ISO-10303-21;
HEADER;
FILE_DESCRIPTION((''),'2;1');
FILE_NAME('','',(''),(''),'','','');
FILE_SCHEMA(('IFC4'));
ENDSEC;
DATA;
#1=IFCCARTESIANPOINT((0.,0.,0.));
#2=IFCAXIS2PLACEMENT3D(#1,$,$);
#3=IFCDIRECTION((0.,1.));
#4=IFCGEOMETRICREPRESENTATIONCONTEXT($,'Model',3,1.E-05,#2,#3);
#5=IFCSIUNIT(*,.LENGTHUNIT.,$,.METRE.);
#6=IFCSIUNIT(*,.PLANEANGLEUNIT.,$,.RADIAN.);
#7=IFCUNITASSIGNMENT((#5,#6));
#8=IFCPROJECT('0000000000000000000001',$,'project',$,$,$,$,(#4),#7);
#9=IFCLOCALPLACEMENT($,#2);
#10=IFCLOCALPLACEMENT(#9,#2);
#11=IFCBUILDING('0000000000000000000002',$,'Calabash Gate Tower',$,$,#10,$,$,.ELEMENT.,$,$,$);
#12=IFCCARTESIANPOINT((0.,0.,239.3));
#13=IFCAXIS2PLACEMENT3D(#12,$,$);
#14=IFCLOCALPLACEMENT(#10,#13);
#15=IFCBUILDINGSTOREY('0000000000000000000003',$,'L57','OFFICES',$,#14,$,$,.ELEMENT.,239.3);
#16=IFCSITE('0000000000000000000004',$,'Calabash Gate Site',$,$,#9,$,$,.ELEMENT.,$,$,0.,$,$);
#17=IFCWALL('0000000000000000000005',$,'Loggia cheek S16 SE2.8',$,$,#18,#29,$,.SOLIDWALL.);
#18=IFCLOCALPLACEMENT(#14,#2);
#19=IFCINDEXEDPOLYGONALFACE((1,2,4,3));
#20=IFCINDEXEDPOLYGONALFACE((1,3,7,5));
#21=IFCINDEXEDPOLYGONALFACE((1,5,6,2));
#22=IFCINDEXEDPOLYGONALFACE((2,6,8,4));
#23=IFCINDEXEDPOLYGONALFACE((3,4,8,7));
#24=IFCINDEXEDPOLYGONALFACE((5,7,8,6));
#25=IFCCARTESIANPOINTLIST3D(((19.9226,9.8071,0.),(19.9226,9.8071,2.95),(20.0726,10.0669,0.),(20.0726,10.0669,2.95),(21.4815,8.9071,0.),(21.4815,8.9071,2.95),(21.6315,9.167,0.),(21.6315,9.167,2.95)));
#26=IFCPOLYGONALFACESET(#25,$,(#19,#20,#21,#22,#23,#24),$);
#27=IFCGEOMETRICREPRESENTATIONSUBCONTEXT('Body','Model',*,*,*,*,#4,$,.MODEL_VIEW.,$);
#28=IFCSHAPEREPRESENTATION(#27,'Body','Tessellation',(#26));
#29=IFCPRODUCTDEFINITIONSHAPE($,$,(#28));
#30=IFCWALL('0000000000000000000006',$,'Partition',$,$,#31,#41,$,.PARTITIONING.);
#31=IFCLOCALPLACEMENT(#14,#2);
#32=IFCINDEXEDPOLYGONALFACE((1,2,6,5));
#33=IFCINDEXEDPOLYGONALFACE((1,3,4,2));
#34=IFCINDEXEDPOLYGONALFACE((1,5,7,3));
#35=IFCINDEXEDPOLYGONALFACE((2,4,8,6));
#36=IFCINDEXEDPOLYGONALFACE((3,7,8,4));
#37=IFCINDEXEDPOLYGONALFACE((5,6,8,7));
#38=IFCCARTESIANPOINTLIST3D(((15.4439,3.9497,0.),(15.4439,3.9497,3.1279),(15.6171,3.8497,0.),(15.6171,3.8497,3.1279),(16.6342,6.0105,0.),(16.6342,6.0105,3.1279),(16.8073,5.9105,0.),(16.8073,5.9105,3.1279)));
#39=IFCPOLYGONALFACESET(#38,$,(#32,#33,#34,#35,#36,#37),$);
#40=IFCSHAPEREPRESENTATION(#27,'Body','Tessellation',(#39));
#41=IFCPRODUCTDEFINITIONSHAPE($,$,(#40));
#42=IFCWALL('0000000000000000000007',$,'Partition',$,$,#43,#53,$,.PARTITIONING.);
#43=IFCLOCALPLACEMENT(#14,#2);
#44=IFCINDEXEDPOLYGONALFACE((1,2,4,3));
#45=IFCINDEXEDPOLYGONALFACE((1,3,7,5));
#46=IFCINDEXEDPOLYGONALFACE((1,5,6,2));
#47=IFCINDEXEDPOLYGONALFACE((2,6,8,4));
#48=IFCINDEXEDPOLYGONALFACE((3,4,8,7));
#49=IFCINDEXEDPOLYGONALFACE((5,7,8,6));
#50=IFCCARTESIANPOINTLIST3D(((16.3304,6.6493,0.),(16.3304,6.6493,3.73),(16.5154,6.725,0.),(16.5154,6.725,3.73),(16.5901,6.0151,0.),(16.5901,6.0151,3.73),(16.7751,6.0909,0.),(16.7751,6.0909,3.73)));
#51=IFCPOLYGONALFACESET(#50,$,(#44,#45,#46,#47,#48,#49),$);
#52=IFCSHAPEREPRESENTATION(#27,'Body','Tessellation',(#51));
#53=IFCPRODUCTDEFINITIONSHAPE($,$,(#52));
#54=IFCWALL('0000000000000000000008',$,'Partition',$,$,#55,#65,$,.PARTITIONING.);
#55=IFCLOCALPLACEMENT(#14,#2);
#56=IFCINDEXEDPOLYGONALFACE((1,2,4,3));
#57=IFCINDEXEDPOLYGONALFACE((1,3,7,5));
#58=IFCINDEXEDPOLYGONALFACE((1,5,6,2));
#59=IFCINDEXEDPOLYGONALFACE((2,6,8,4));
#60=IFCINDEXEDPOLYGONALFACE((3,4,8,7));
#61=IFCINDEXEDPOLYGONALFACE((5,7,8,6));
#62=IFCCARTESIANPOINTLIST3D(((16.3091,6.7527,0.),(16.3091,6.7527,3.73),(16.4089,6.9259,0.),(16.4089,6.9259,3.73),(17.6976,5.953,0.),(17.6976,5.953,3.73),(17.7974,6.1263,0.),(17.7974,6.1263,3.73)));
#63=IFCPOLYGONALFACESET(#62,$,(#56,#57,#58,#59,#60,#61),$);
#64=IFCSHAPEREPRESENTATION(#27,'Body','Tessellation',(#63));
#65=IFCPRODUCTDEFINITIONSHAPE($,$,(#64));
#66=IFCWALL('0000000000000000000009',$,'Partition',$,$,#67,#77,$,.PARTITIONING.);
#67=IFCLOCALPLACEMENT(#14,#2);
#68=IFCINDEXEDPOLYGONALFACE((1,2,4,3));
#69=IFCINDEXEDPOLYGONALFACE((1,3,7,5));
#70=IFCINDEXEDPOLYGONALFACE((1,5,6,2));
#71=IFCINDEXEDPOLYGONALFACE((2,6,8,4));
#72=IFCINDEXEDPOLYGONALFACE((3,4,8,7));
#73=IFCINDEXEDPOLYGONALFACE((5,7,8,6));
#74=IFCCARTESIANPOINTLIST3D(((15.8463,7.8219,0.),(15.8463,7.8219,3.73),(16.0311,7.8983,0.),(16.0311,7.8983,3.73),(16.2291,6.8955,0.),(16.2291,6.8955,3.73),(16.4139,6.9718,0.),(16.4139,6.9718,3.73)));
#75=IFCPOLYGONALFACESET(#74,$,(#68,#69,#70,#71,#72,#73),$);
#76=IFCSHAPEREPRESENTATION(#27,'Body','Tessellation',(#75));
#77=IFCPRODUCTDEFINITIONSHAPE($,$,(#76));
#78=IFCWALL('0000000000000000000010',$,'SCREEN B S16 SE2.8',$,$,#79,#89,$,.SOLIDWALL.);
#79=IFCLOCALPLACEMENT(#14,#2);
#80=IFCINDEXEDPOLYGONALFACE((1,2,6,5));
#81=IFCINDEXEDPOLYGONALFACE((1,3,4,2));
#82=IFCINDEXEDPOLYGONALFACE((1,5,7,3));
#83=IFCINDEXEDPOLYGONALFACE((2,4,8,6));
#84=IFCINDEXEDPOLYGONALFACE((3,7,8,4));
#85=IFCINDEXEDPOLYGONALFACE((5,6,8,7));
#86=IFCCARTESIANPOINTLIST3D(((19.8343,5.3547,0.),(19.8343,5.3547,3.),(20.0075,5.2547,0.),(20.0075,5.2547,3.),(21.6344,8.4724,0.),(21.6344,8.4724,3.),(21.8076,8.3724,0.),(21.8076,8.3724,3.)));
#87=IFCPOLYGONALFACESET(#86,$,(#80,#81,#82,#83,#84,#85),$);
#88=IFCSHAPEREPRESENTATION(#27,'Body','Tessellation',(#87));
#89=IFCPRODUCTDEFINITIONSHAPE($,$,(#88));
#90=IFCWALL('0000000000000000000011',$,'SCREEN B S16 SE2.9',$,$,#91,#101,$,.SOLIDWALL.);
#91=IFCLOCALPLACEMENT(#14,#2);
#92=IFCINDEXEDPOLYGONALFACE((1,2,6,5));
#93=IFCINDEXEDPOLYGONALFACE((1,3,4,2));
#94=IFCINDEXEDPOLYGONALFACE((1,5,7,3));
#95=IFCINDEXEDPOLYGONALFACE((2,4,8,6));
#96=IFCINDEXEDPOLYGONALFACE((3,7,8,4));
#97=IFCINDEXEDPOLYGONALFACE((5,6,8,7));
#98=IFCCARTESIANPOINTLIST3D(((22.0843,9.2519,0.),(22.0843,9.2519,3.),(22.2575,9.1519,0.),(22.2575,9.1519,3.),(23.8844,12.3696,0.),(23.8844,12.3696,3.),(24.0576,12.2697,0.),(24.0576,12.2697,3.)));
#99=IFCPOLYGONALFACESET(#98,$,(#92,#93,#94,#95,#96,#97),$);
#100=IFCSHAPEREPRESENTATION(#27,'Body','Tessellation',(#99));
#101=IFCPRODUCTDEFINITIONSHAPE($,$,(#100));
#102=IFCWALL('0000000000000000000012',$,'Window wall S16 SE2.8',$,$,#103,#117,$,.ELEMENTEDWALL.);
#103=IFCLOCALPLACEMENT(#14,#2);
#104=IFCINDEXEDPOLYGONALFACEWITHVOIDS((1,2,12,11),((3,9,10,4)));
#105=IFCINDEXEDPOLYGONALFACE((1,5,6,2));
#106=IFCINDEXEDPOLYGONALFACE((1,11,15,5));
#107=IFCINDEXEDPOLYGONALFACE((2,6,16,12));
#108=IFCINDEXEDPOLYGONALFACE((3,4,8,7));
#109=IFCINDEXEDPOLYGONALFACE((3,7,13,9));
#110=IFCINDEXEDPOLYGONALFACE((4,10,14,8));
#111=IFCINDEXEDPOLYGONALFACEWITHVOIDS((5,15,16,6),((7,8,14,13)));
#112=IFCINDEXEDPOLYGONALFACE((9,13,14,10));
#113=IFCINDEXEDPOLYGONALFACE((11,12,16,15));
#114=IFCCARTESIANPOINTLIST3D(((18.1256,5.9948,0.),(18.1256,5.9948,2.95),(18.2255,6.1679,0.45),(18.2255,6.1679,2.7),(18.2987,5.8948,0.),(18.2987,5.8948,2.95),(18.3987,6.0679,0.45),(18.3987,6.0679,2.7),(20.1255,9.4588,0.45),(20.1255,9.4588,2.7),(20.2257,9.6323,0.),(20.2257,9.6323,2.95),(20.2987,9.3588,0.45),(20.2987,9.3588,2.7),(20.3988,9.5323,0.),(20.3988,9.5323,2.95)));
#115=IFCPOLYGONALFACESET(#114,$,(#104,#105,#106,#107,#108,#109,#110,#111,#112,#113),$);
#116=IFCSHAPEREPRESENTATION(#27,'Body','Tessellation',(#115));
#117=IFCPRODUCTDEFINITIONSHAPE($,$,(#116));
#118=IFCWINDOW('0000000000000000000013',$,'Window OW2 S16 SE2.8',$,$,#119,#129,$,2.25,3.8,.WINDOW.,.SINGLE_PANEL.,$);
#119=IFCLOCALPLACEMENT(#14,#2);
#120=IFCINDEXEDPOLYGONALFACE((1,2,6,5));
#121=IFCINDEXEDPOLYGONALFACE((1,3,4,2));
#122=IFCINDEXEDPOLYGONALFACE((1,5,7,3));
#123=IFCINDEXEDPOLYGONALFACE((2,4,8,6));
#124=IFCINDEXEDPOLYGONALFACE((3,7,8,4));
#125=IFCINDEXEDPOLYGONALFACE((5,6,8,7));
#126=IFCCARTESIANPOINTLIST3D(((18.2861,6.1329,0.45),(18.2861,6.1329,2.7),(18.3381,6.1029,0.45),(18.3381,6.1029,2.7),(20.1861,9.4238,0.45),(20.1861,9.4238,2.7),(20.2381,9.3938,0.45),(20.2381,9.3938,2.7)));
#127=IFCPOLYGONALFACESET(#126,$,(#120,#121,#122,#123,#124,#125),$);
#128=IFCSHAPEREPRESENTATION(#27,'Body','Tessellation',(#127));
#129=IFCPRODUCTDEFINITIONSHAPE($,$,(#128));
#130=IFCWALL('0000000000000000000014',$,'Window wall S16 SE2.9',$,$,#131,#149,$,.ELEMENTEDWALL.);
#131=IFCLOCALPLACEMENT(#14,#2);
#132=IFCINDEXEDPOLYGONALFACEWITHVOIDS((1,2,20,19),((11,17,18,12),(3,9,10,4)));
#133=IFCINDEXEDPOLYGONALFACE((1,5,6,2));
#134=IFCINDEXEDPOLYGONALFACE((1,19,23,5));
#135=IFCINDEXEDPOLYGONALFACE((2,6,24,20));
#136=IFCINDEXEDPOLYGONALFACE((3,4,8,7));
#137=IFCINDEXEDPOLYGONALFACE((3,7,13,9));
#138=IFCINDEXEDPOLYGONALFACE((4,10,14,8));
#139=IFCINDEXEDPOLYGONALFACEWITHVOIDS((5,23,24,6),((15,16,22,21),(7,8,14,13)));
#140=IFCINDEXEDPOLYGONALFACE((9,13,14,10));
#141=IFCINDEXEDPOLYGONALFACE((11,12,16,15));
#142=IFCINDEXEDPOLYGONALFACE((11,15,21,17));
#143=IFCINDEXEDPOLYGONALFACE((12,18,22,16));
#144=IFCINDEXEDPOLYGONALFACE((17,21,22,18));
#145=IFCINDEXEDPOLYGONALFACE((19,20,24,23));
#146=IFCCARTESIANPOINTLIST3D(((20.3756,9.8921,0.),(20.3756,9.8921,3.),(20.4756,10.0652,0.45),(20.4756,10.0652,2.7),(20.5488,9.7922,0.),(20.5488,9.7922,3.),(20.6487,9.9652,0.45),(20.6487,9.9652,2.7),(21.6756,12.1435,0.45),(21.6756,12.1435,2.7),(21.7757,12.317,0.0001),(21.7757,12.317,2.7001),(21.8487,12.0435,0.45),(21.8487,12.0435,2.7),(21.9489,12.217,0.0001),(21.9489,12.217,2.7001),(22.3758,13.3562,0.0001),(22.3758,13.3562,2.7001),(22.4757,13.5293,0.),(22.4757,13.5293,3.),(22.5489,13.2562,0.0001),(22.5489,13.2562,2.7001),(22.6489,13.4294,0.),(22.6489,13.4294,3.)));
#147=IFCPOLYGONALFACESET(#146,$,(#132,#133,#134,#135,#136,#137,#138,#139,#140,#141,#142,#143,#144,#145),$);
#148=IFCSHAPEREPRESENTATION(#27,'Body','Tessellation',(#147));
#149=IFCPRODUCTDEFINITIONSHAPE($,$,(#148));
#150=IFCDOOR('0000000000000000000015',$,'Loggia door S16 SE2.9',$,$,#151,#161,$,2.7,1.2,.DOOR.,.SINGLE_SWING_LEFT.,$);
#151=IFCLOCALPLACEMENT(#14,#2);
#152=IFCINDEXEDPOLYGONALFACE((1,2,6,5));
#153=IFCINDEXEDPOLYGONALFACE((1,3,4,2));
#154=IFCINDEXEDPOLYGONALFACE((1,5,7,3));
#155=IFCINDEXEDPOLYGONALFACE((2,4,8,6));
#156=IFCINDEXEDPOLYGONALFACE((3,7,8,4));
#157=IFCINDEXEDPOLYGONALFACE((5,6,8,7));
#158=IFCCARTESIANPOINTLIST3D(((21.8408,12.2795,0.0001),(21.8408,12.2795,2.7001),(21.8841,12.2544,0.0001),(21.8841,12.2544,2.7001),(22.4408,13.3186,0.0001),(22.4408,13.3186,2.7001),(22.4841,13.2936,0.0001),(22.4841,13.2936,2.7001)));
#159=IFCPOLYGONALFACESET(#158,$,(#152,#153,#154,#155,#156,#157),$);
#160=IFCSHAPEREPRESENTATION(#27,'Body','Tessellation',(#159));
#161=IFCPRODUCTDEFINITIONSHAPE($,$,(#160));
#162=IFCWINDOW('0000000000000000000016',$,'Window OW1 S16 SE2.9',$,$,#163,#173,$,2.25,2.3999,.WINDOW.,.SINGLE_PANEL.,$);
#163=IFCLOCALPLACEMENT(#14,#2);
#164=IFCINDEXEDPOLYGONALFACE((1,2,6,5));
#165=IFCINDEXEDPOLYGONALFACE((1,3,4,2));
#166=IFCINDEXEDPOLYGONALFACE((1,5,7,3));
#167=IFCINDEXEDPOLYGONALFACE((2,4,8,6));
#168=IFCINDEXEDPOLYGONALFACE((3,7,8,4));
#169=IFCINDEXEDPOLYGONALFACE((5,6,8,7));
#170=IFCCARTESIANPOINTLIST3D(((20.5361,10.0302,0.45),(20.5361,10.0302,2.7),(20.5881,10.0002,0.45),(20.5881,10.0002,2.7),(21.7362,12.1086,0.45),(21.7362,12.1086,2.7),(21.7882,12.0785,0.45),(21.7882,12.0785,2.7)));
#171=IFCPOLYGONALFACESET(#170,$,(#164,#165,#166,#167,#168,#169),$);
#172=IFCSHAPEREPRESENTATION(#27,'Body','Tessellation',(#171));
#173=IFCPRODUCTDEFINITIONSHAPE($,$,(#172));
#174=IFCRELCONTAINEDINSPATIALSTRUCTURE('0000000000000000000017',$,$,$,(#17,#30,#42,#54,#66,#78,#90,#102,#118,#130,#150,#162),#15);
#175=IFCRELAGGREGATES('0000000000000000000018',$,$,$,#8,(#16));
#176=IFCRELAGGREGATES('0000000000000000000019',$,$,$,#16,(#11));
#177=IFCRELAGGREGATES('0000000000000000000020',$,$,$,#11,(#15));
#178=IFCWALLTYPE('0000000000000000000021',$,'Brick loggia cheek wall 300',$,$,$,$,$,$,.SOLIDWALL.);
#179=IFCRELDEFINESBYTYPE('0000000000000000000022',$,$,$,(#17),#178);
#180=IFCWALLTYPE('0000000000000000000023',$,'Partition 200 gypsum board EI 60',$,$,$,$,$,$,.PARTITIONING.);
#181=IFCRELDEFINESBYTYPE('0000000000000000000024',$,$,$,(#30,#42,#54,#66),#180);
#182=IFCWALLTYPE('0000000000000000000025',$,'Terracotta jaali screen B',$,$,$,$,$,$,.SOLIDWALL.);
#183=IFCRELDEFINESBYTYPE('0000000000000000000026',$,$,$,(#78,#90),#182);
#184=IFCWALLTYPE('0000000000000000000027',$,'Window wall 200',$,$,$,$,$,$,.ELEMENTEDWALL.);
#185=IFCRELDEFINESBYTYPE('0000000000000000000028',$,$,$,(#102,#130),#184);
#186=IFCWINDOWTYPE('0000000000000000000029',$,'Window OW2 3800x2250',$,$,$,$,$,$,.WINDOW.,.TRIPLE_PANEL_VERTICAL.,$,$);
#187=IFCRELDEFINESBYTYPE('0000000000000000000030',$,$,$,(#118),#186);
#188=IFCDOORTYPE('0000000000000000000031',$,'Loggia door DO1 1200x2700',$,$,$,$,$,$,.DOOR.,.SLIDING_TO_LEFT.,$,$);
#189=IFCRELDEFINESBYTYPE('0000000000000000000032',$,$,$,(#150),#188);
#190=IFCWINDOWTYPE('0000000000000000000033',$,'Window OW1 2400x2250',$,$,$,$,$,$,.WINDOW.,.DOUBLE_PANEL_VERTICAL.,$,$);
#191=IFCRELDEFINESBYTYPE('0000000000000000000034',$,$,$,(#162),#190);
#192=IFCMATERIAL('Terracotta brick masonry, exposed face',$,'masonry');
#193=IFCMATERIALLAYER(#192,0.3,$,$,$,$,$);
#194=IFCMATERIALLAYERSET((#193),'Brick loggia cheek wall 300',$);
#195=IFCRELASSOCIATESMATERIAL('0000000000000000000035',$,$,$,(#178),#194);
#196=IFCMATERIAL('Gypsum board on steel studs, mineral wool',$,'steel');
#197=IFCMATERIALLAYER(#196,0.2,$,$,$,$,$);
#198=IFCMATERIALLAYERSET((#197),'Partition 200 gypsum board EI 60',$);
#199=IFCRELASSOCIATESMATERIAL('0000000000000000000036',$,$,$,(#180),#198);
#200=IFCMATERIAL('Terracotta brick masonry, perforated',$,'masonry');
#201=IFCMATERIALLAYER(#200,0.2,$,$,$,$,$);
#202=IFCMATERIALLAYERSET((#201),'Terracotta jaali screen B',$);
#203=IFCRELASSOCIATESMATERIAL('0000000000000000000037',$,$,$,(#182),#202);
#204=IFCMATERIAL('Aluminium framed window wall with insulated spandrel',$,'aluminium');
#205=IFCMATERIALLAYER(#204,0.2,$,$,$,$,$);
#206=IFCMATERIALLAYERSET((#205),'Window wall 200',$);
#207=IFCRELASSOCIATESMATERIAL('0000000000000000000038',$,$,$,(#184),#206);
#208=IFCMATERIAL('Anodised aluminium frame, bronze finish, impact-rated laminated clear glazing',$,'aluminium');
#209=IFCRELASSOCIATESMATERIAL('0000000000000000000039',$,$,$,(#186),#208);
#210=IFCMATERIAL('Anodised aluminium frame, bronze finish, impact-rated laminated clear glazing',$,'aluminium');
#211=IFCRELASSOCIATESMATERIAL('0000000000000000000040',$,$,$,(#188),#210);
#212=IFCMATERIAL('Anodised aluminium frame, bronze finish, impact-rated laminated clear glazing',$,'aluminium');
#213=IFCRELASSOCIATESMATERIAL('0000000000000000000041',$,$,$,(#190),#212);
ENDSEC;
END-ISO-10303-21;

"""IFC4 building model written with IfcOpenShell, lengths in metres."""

from ifc_helpers import new_model, si_unit, direction, frame, frame_2d, origin, place, context, subcontext, project, spatial, rectangle, extrude, material, layer, layer_set, type_object, element, fill, save


model = new_model("IFC4")

# Units and contexts
model_context = context("Model", 3, precision=1e-05, world=origin(), true_north=direction((0.0, 1.0)))
body_context = subcontext(model_context, "Body", "Model", "MODEL_VIEW")
ifc_project = project(units=[si_unit("LENGTHUNIT", "METRE"), si_unit("PLANEANGLEUNIT", "RADIAN")], contexts=[model_context])

# Site, building, storey
site_placement = place(None, origin())
site = spatial("IfcSite", under=ifc_project, at=site_placement, Name="Calabash Gate Site", CompositionType="ELEMENT", RefElevation=0.0)
building_placement = place(site_placement, origin())
building = spatial("IfcBuilding", under=site, at=building_placement, Name="Calabash Gate Tower", CompositionType="ELEMENT")
storey_placement = place(building_placement, frame((0.0, 0.0, 239.3)))
storey = spatial("IfcBuildingStorey", under=building, at=storey_placement, Name="L57", Description="OFFICES", CompositionType="ELEMENT", Elevation=239.3)

# Walls
ifc_material_1 = material(Name="Terracotta brick masonry, exposed face", Category="masonry")
ifc_layer_1 = layer(ifc_material_1, 0.3)
ifc_layer_set_1 = layer_set([ifc_layer_1], Name="Brick loggia cheek wall 300")
wall_type_1 = type_object("IfcWallType", Name="Brick loggia cheek wall 300", PredefinedType="SOLIDWALL", material=ifc_layer_set_1)
wall_1_placement = place(storey_placement, frame((21.5564, 9.0371, 0.0), z_axis=(0.0, 0.0, 1.0), x_axis=(-0.866048, 0.499961, 0.0)))
element("IfcWall", 1, at=wall_1_placement, inside=storey, type_object=wall_type_1, Name="Loggia cheek S16 SE2.8", PredefinedType="SOLIDWALL", context=body_context, shape_type="SweptSolid", body=[
    extrude(rectangle(XDim=1.8, YDim=0.3, at=frame_2d((0.8999, 0.0))), origin(), (0.0, 0.0, 1.0), 2.95),
])
ifc_material_2 = material(Name="Gypsum board on steel studs, mineral wool", Category="steel")
ifc_layer_2 = layer(ifc_material_2, 0.2)
ifc_layer_set_2 = layer_set([ifc_layer_2], Name="Partition 200 gypsum board EI 60")
wall_type_2 = type_object("IfcWallType", Name="Partition 200 gypsum board EI 60", PredefinedType="PARTITIONING", material=ifc_layer_set_2)
wall_2_placement = place(storey_placement, frame((15.5305, 3.8997, 0.0), z_axis=(0.0, 0.0, 1.0), x_axis=(0.500122, 0.865955, 0.0)))
element("IfcWall", 2, at=wall_2_placement, inside=storey, type_object=wall_type_2, Name="Partition", PredefinedType="PARTITIONING", context=body_context, shape_type="SweptSolid", body=[
    extrude(rectangle(XDim=2.3799, YDim=0.2, at=frame_2d((1.1899, 0.0))), origin(), (0.0, 0.0, 1.0), 3.1279),
])
wall_3_placement = place(storey_placement, frame((16.4229, 6.6873, 0.0), z_axis=(0.0, 0.0, 1.0), x_axis=(0.378993, -0.925399, 0.0)))
element("IfcWall", 3, at=wall_3_placement, inside=storey, type_object=wall_type_2, Name="Partition", PredefinedType="PARTITIONING", context=body_context, shape_type="SweptSolid", body=[
    extrude(rectangle(XDim=0.6853, YDim=0.2, at=frame_2d((0.3428, 0.0))), origin(), (0.0, 0.0, 1.0), 3.73),
])
wall_4_placement = place(storey_placement, frame((16.3589, 6.8394, 0.0), z_axis=(0.0, 0.0, 1.0), x_axis=(0.866579, -0.499041, 0.0)))
element("IfcWall", 4, at=wall_4_placement, inside=storey, type_object=wall_type_2, Name="Partition", PredefinedType="PARTITIONING", context=body_context, shape_type="SweptSolid", body=[
    extrude(rectangle(XDim=1.6023, YDim=0.2, at=frame_2d((0.8013, 0.0))), origin(), (0.0, 0.0, 1.0), 3.73),
])
wall_5_placement = place(storey_placement, frame((15.9387, 7.8601, 0.0), z_axis=(0.0, 0.0, 1.0), x_axis=(0.381864, -0.924218, 0.0)))
element("IfcWall", 5, at=wall_5_placement, inside=storey, type_object=wall_type_2, Name="Partition", PredefinedType="PARTITIONING", context=body_context, shape_type="SweptSolid", body=[
    extrude(rectangle(XDim=1.0024, YDim=0.2, at=frame_2d((0.5012, 0.0))), origin(), (0.0, 0.0, 1.0), 3.73),
])

# Walls
ifc_material_3 = material(Name="Terracotta brick masonry, perforated", Category="masonry")
ifc_layer_3 = layer(ifc_material_3, 0.2)
ifc_layer_set_3 = layer_set([ifc_layer_3], Name="Terracotta jaali screen B")
wall_type_3 = type_object("IfcWallType", Name="Terracotta jaali screen B", PredefinedType="SOLIDWALL", material=ifc_layer_set_3)
for number, where, z_axis, x_axis, name in (
    (6, (19.9209, 5.3047, 0.0), (0.0, 0.0, 1.0), (0.500012, 0.866018, 0.0), "SCREEN B S16 SE2.8"),
    (7, (22.1709, 9.2019, 0.0), (0.0, 0.0, 1.0), (0.500012, 0.866018, 0.0), "SCREEN B S16 SE2.9"),
):
    element("IfcWall", number, at=place(storey_placement, frame(where, z_axis=z_axis, x_axis=x_axis)), inside=storey, type_object=wall_type_3, Name=name, PredefinedType="SOLIDWALL", context=body_context, shape_type="SweptSolid", body=[
        extrude(rectangle(XDim=3.6001, YDim=0.2, at=frame_2d((1.8, 0.0))), origin(), (0.0, 0.0, 1.0), 3.0),
    ])

# Wall, opening, window
ifc_material_4 = material(Name="Aluminium framed window wall with insulated spandrel", Category="aluminium")
ifc_layer_4 = layer(ifc_material_4, 0.2)
ifc_layer_set_4 = layer_set([ifc_layer_4], Name="Window wall 200")
wall_type_4 = type_object("IfcWallType", Name="Window wall 200", PredefinedType="ELEMENTEDWALL", material=ifc_layer_set_4)
wall_6_placement = place(storey_placement, frame((18.2122, 5.9448, 0.0), z_axis=(0.0, 0.0, 1.0), x_axis=(0.500003, 0.866024, 0.0)))
wall_6 = element("IfcWall", 8, at=wall_6_placement, inside=storey, type_object=wall_type_4, Name="Window wall S16 SE2.8", PredefinedType="ELEMENTEDWALL", context=body_context, shape_type="SweptSolid", body=[
    extrude(rectangle(XDim=4.2002, YDim=0.2, at=frame_2d((2.1001, 0.0))), origin(), (0.0, 0.0, 1.0), 2.95),
])
opening_1_placement = place(wall_6_placement, frame((0.2, 0.0, 0.45)))
opening_1 = element("IfcOpeningElement", 9, at=opening_1_placement, cuts=wall_6, PredefinedType="OPENING", context=body_context, shape_type="SweptSolid", body=[
    extrude(rectangle(XDim=3.8, YDim=2.25, at=frame_2d((1.8999, 1.125))), frame((0.0, 0.1099, 0.0), z_axis=(0.0, -1.0, 0.0), x_axis=(1.0, 0.0, 0.0)), (0.0, 0.0, 1.0), 0.22),
])
ifc_material_5 = material(Name="Anodised aluminium frame, bronze finish, impact-rated laminated clear glazing", Category="aluminium")
window_type_1 = type_object("IfcWindowType", Name="Window OW2 3800x2250", PartitioningType="TRIPLE_PANEL_VERTICAL", PredefinedType="WINDOW", material=ifc_material_5)
window_1_placement = place(opening_1_placement, origin())
window_1 = element("IfcWindow", 10, at=window_1_placement, inside=storey, type_object=window_type_1, Name="Window OW2 S16 SE2.8", OverallHeight=2.25, OverallWidth=3.8, PartitioningType="SINGLE_PANEL", PredefinedType="WINDOW", context=body_context, shape_type="SweptSolid", body=[
    extrude(rectangle(XDim=3.8, YDim=2.25, at=frame_2d((1.8999, 1.125))), frame((0.0, 0.03, 0.0), z_axis=(0.0, -1.0, 0.0), x_axis=(1.0, 0.0, 0.0)), (0.0, 0.0, 1.0), 0.0601),
])
fill(opening_1, window_1)

# Wall, openings, door, window
wall_7_placement = place(storey_placement, frame((20.4622, 9.842, 0.0), z_axis=(0.0, 0.0, 1.0), x_axis=(0.500028, 0.866009, 0.0)))
wall_7 = element("IfcWall", 11, at=wall_7_placement, inside=storey, type_object=wall_type_4, Name="Window wall S16 SE2.9", PredefinedType="ELEMENTEDWALL", context=body_context, shape_type="SweptSolid", body=[
    extrude(rectangle(XDim=4.2, YDim=0.2, at=frame_2d((2.1001, 0.0))), origin(), (0.0, 0.0, 1.0), 3.0),
])
opening_2_placement = place(wall_7_placement, frame((0.2, 0.0, 0.45)))
opening_2 = element("IfcOpeningElement", 12, at=opening_2_placement, cuts=wall_7, PredefinedType="OPENING", context=body_context, shape_type="SweptSolid", body=[
    extrude(rectangle(XDim=2.3999, YDim=2.25, at=frame_2d((1.2, 1.125))), frame((0.0, 0.1099, 0.0), z_axis=(0.0, -1.0, 0.0), x_axis=(1.0, 0.0, 0.0)), (0.0, 0.0, 1.0), 0.22),
])
opening_3_placement = place(wall_7_placement, frame((2.8, 0.0, 0.0)))
opening_3 = element("IfcOpeningElement", 13, at=opening_3_placement, cuts=wall_7, PredefinedType="OPENING", context=body_context, shape_type="SweptSolid", body=[
    extrude(rectangle(XDim=1.2, YDim=2.7, at=frame_2d((0.6001, 1.3501))), frame((0.0, 0.1099, 0.0), z_axis=(0.0, -1.0, 0.0), x_axis=(1.0, 0.0, 0.0)), (0.0, 0.0, 1.0), 0.22),
])
ifc_material_6 = material(Name="Anodised aluminium frame, bronze finish, impact-rated laminated clear glazing", Category="aluminium")
door_type_1 = type_object("IfcDoorType", Name="Loggia door DO1 1200x2700", OperationType="SLIDING_TO_LEFT", PredefinedType="DOOR", material=ifc_material_6)
door_1_placement = place(opening_3_placement, origin())
door_1 = element("IfcDoor", 14, at=door_1_placement, inside=storey, type_object=door_type_1, Name="Loggia door S16 SE2.9", OperationType="SINGLE_SWING_LEFT", OverallHeight=2.7, OverallWidth=1.2, PredefinedType="DOOR", context=body_context, shape_type="SweptSolid", body=[
    extrude(rectangle(XDim=1.2, YDim=2.7, at=frame_2d((0.6001, 1.3501))), frame((0.0, 0.0249, 0.0), z_axis=(0.0, -1.0, 0.0), x_axis=(1.0, 0.0, 0.0)), (0.0, 0.0, 1.0), 0.05),
])
fill(opening_3, door_1)
ifc_material_7 = material(Name="Anodised aluminium frame, bronze finish, impact-rated laminated clear glazing", Category="aluminium")
window_type_2 = type_object("IfcWindowType", Name="Window OW1 2400x2250", PartitioningType="DOUBLE_PANEL_VERTICAL", PredefinedType="WINDOW", material=ifc_material_7)
window_2_placement = place(opening_2_placement, origin())
window_2 = element("IfcWindow", 15, at=window_2_placement, inside=storey, type_object=window_type_2, Name="Window OW1 S16 SE2.9", OverallHeight=2.25, OverallWidth=2.3999, PartitioningType="SINGLE_PANEL", PredefinedType="WINDOW", context=body_context, shape_type="SweptSolid", body=[
    extrude(rectangle(XDim=2.3999, YDim=2.25, at=frame_2d((1.2, 1.125))), frame((0.0, 0.03, 0.0), z_axis=(0.0, -1.0, 0.0), x_axis=(1.0, 0.0, 0.0)), (0.0, 0.0, 1.0), 0.0601),
])
fill(opening_2, window_2)

save(model, "model.ifc")
